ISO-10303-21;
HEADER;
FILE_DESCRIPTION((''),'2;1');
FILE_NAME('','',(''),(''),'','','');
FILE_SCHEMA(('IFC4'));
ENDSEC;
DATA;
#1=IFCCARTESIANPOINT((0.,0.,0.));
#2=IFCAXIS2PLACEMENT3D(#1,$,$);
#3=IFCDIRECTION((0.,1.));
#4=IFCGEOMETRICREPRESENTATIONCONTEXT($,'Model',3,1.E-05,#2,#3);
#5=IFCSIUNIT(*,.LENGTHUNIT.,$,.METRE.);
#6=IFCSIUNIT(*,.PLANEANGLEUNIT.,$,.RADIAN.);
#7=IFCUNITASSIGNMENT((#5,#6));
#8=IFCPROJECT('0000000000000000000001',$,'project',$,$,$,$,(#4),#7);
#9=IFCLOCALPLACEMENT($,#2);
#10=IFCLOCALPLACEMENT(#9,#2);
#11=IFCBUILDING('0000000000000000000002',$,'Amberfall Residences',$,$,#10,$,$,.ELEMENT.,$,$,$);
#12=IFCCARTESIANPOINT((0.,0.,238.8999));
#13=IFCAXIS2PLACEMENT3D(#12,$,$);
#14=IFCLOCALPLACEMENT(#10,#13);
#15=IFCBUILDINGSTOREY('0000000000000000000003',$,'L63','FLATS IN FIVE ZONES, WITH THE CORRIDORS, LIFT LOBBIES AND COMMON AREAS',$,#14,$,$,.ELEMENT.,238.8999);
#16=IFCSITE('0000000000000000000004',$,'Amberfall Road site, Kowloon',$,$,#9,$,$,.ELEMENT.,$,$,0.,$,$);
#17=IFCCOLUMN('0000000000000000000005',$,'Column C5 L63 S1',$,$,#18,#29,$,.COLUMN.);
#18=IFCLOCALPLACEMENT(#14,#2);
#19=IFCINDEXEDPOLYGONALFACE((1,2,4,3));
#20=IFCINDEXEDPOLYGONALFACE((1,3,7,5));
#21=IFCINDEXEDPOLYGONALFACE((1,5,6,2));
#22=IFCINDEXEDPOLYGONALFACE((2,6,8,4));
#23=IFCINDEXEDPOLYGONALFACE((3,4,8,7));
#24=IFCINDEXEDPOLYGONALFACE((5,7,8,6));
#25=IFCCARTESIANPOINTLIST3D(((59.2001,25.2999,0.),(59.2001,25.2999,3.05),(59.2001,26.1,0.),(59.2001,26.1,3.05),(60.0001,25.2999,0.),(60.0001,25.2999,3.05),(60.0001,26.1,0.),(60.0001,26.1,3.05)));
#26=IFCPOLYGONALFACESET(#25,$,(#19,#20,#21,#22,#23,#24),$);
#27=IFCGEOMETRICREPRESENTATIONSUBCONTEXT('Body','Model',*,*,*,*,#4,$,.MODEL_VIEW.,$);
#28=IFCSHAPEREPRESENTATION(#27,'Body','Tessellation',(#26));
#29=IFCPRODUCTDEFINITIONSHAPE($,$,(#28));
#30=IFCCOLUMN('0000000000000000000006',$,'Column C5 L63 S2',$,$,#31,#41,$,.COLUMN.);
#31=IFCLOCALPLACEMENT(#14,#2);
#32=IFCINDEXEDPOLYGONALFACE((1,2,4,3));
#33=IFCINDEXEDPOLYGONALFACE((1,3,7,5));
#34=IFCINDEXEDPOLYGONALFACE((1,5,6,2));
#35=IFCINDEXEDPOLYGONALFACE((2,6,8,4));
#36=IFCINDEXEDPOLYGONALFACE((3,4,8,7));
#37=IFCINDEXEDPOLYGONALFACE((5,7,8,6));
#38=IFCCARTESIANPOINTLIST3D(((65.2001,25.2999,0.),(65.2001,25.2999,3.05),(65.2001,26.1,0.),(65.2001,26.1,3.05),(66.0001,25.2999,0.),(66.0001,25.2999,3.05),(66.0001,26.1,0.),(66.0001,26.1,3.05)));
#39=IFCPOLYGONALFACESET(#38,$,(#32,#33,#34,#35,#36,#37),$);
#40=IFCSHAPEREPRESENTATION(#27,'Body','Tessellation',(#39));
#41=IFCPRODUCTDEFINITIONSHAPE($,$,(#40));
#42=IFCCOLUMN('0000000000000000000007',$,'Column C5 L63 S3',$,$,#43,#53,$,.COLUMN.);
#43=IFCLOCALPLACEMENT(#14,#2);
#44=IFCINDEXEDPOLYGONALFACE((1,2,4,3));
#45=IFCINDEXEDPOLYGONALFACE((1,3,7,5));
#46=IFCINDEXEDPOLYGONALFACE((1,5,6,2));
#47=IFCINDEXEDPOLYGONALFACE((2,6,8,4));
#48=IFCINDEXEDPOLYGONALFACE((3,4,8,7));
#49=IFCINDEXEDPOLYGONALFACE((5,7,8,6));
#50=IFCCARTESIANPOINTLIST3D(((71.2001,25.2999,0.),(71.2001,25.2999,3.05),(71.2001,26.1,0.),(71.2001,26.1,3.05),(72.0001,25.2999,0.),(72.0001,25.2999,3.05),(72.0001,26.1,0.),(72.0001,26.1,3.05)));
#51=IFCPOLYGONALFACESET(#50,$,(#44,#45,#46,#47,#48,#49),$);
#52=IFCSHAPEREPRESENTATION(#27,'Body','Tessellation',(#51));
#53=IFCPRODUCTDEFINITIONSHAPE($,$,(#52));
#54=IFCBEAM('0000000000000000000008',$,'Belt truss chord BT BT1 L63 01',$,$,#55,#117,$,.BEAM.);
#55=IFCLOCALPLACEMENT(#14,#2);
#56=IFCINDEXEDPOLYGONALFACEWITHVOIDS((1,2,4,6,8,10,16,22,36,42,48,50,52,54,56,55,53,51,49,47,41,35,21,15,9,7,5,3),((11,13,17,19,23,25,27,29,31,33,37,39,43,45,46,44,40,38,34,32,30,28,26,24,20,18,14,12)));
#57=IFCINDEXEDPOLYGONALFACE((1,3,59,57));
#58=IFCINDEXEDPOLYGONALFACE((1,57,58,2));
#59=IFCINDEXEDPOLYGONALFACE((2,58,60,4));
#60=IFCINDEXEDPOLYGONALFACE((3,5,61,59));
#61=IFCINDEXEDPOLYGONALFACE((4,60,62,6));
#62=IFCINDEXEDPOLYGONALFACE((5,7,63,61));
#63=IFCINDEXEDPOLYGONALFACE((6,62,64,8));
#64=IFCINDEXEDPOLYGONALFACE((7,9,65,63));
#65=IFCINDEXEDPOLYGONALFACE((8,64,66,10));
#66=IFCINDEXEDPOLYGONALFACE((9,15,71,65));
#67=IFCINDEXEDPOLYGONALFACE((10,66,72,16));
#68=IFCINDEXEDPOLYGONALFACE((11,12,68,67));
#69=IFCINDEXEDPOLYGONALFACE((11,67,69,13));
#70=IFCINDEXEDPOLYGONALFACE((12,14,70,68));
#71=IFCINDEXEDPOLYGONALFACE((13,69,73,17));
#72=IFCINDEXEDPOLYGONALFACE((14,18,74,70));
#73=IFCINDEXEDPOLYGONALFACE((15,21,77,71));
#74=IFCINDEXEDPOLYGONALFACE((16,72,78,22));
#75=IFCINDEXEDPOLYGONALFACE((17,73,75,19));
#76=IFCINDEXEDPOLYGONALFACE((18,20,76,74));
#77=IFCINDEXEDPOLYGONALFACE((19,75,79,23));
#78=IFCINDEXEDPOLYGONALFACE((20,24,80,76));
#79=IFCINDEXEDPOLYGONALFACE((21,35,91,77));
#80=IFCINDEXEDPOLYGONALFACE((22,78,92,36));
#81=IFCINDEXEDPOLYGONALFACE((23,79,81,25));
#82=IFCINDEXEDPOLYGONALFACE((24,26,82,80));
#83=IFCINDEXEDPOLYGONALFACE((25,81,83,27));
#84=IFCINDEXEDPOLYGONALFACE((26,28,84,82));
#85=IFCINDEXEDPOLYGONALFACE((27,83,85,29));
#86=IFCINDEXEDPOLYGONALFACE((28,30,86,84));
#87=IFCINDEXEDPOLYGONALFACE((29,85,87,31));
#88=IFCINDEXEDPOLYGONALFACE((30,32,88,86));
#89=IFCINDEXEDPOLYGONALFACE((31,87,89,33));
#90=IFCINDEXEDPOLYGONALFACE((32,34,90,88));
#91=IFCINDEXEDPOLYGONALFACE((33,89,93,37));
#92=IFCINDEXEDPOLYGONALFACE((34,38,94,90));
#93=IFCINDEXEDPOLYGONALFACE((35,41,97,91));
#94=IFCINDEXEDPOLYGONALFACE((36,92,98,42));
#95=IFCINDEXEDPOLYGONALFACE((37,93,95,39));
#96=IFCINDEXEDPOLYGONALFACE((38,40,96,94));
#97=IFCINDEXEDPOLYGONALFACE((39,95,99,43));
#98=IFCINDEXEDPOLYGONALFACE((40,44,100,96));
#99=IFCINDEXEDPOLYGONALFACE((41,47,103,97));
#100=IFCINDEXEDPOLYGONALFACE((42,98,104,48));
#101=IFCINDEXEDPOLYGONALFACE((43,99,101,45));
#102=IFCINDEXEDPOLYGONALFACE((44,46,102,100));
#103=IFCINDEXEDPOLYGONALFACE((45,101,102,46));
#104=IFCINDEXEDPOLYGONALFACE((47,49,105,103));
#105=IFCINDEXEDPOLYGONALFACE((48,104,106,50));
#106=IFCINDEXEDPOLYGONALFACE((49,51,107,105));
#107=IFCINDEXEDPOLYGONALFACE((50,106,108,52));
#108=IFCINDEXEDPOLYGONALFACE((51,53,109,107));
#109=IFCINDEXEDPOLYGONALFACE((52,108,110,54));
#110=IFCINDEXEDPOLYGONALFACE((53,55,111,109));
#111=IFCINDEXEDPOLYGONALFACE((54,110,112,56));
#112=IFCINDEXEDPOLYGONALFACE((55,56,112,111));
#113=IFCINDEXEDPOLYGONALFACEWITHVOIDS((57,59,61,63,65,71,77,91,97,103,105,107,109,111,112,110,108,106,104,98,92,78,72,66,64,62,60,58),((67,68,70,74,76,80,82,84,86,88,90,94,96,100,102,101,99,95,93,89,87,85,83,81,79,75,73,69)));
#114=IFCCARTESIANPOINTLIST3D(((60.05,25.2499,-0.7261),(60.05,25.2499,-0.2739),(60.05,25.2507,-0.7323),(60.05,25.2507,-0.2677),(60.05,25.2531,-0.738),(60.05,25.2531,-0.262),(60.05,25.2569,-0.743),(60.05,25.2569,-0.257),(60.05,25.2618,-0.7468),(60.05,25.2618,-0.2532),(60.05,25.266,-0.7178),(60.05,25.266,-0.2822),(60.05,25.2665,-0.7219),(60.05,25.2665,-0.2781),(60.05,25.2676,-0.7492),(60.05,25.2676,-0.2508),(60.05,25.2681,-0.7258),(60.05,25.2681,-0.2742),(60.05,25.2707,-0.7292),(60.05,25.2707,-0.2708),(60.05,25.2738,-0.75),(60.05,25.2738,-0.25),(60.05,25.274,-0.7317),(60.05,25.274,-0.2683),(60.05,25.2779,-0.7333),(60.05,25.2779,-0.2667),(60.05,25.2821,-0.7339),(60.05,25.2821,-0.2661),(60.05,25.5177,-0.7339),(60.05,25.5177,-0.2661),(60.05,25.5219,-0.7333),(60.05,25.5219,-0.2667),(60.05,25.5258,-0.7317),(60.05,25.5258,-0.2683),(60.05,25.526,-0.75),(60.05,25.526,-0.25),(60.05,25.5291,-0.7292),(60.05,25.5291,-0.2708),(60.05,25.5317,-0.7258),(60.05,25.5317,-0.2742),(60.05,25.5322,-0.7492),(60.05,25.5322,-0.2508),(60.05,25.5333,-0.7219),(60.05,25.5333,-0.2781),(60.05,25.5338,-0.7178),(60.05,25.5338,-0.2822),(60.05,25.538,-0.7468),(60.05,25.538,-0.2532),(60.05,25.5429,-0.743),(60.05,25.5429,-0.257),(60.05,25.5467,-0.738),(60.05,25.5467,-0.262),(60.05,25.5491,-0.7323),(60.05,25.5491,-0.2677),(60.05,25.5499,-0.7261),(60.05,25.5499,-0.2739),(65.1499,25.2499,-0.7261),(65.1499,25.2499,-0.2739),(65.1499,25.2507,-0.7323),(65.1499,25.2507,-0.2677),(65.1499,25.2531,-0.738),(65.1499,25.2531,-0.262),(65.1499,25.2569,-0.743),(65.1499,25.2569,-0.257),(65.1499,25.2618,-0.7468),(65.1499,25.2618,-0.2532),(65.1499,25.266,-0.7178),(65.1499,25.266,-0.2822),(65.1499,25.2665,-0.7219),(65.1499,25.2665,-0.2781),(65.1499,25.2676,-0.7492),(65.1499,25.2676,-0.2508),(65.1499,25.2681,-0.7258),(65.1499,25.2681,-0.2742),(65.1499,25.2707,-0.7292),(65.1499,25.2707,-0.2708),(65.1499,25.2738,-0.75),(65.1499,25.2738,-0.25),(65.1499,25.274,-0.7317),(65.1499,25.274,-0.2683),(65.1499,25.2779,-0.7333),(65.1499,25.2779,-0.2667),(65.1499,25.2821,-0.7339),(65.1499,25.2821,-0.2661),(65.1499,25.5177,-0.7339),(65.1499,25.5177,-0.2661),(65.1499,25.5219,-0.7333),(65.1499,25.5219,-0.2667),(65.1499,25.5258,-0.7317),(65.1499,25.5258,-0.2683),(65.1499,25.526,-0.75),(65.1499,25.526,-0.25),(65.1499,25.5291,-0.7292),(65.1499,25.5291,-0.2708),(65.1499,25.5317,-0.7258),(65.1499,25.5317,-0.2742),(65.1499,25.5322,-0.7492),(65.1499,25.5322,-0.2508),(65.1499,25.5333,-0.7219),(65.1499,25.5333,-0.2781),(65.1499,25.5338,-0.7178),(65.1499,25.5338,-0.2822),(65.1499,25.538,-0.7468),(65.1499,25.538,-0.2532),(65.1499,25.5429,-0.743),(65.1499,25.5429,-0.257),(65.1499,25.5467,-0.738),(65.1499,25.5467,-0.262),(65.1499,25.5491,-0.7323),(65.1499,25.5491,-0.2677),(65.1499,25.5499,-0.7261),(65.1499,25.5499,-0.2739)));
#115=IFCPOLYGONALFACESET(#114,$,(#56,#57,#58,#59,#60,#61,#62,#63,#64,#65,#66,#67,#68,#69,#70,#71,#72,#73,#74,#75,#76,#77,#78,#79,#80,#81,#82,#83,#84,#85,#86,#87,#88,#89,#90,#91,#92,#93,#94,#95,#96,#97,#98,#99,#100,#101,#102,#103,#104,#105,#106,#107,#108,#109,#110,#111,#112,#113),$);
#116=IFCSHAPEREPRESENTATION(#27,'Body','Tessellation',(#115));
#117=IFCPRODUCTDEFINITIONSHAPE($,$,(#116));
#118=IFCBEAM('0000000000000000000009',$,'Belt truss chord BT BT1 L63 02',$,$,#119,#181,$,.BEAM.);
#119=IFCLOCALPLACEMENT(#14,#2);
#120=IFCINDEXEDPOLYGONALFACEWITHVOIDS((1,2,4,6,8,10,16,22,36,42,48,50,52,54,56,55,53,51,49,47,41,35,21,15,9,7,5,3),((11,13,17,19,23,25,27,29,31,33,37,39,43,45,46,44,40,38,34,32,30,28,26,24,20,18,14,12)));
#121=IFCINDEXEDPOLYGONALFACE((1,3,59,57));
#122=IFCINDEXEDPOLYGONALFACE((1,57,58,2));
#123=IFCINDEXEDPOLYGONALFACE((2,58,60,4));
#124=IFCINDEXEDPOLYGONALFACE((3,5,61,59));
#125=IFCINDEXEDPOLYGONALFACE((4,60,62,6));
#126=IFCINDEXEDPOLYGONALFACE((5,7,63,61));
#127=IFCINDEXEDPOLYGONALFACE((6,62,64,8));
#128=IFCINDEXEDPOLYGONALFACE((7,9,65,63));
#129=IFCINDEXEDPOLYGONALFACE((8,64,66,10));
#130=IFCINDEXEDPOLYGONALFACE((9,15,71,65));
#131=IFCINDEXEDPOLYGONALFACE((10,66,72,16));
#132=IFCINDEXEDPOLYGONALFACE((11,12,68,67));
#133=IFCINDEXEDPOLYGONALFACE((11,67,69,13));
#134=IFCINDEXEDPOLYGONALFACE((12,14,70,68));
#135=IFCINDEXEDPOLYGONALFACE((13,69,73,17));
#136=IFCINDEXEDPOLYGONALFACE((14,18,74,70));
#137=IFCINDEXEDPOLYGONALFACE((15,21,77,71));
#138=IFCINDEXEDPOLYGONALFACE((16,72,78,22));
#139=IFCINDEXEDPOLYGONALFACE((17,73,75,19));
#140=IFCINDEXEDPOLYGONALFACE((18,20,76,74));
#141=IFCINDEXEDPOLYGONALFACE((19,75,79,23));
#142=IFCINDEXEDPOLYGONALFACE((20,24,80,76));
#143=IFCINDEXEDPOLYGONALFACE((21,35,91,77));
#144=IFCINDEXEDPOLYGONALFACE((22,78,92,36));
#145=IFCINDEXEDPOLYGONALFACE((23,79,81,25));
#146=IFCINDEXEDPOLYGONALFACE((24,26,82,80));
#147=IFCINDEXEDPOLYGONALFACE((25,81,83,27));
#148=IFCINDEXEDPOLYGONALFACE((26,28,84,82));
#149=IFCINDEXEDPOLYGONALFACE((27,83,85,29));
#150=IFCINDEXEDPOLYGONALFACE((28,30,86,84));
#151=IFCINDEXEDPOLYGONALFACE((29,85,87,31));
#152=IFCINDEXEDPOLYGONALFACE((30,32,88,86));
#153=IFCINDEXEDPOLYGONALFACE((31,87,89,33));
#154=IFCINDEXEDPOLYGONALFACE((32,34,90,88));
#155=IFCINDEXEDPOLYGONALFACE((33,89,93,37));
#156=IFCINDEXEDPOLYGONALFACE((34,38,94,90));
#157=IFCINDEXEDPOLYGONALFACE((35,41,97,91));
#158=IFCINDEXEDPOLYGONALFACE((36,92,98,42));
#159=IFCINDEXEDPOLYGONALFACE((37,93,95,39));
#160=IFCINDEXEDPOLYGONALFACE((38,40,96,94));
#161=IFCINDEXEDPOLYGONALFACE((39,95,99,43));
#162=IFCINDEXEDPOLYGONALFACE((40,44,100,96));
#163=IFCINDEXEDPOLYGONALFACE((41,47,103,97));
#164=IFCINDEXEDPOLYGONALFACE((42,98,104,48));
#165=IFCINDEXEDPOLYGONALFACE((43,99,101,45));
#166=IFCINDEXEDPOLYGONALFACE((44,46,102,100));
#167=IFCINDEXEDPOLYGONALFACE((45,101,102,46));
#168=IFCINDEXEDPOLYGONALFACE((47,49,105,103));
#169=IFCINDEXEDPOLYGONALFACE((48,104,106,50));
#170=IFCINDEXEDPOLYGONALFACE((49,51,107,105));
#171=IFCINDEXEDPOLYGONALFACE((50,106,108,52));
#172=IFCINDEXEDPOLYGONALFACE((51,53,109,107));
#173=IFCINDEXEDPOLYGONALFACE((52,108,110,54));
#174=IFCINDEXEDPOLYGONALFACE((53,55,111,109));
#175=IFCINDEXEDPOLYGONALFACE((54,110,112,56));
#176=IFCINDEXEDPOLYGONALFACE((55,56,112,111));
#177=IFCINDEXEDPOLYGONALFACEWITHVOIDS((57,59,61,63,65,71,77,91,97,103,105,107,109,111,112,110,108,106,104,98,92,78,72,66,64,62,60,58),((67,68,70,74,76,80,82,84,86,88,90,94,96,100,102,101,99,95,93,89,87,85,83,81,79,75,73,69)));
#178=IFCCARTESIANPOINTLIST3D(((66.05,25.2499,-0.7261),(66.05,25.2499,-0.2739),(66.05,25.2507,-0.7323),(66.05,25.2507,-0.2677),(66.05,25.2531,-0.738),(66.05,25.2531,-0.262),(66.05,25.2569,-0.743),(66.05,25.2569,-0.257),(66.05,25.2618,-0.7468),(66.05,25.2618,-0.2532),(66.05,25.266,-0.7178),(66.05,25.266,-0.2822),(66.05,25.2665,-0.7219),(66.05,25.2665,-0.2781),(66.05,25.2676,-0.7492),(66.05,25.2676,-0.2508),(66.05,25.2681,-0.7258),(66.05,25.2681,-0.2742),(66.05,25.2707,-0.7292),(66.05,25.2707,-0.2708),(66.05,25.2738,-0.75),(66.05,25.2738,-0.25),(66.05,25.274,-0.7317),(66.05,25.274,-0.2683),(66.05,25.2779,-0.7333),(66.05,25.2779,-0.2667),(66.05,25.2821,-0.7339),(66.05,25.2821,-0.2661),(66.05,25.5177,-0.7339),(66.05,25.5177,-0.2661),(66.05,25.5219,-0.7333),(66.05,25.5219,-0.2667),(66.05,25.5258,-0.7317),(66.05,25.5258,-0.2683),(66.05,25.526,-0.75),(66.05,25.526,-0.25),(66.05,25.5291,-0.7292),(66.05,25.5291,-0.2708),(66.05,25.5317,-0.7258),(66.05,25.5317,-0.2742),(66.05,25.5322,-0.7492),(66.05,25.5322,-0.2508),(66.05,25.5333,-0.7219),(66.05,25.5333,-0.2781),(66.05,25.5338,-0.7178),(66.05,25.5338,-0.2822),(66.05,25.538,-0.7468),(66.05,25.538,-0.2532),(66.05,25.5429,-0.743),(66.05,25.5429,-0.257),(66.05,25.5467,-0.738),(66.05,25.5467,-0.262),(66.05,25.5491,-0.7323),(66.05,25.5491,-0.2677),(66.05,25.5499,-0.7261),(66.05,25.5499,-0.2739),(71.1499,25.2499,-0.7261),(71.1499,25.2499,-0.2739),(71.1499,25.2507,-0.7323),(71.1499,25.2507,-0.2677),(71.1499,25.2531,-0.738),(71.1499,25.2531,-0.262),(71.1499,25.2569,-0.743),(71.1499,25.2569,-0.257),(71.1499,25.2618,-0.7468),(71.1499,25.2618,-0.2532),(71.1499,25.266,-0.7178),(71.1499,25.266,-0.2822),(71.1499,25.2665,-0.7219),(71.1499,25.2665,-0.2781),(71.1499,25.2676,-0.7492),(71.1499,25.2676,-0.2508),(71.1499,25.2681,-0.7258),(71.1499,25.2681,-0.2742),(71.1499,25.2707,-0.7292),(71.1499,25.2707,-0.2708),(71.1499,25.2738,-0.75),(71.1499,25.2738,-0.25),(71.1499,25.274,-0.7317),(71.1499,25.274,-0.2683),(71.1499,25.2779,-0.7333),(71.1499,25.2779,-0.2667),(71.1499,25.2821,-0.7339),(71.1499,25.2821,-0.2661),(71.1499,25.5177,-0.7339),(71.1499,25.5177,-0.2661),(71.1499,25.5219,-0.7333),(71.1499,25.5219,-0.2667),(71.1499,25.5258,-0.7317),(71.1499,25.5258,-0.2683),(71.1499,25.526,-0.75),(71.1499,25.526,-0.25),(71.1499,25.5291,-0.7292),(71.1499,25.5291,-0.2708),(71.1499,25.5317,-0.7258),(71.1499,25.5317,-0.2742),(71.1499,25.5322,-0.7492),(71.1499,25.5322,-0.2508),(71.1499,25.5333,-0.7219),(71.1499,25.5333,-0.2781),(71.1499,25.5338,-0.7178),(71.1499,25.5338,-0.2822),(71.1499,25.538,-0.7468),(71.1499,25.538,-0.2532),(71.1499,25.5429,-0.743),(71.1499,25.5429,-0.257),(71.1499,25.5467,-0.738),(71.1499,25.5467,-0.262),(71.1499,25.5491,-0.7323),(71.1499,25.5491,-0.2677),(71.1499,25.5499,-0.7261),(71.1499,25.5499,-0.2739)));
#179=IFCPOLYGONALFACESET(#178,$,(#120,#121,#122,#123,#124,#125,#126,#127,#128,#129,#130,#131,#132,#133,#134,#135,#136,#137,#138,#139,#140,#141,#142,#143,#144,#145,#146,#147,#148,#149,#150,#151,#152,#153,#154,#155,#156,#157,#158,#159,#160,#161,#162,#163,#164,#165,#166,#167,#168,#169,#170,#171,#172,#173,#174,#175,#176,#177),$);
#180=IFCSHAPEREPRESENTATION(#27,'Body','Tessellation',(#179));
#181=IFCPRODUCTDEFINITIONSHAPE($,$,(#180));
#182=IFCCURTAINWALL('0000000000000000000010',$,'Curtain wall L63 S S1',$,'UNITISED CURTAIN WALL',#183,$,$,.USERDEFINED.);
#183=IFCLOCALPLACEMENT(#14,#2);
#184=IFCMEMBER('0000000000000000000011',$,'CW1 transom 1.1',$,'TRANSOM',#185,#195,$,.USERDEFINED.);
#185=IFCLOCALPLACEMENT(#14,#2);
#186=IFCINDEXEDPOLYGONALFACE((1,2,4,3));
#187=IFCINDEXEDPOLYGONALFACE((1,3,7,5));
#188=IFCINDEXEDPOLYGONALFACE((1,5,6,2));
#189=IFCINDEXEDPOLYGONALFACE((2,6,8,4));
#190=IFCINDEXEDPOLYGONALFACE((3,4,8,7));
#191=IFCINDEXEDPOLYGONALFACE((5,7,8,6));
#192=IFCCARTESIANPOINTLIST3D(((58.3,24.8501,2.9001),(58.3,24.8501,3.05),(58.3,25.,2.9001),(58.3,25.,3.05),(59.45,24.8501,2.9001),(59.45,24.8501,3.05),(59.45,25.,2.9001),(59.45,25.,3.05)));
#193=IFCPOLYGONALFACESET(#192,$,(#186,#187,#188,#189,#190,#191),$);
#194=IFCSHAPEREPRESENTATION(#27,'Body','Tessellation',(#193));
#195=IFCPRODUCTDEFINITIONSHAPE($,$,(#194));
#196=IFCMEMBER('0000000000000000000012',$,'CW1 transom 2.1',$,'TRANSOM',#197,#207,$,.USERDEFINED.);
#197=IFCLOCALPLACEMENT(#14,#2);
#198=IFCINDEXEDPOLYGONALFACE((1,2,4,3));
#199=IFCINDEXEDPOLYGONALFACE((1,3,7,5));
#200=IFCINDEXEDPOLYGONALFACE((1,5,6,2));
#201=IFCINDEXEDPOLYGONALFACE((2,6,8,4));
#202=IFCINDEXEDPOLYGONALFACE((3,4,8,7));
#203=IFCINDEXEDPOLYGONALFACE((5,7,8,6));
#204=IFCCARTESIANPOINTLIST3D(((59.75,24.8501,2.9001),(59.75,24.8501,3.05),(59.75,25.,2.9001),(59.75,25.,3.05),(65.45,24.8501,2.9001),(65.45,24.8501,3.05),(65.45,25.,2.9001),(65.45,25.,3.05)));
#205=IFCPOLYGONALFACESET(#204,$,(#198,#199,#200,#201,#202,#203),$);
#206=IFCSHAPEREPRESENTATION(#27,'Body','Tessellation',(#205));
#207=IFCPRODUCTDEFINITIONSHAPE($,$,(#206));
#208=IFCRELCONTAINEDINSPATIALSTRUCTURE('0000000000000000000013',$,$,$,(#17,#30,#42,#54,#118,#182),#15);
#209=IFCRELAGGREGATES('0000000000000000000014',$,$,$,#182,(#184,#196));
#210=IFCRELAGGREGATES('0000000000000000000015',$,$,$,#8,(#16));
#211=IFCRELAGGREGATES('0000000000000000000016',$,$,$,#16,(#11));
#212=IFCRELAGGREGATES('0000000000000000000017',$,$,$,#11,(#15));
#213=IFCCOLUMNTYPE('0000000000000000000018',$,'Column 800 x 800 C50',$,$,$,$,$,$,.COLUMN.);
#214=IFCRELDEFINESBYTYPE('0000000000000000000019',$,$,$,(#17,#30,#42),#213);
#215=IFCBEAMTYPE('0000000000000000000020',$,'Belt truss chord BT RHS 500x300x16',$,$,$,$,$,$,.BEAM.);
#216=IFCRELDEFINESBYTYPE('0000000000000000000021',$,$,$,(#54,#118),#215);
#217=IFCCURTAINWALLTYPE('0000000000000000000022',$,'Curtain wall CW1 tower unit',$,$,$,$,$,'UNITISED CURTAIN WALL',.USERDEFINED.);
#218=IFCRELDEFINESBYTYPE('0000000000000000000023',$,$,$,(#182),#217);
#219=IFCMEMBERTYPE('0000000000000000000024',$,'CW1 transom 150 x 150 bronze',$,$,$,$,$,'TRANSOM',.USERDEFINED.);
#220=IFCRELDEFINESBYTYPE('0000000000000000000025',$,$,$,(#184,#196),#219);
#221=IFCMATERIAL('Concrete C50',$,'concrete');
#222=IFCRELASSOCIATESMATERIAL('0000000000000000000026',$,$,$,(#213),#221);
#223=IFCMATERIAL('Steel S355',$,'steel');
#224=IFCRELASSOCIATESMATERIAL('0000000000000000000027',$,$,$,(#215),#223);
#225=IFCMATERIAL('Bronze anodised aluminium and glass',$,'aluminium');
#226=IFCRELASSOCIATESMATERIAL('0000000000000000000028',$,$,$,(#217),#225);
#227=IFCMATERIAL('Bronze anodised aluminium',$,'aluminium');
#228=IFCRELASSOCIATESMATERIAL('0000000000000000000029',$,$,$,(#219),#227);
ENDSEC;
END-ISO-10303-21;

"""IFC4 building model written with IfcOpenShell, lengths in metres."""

from ifc_helpers import new_model, si_unit, direction, frame, origin, origin_2d, place, context, subcontext, project, spatial, rectangle, hollow_rectangle, extrude, material, material_profile, profile_set, type_object, element, aggregate, save


model = new_model("IFC4")

# Units and contexts
model_context = context("Model", 3, precision=1e-05, world=origin(), true_north=direction((0.0, 1.0)))
body_context = subcontext(model_context, "Body", "Model", "MODEL_VIEW")
ifc_project = project(units=[si_unit("LENGTHUNIT", "METRE"), si_unit("PLANEANGLEUNIT", "RADIAN")], contexts=[model_context])

# Site, building, storey
site_placement = place(None, origin())
site = spatial("IfcSite", under=ifc_project, at=site_placement, Name="Amberfall Road site, Kowloon", CompositionType="ELEMENT", RefElevation=0.0)
building_placement = place(site_placement, origin())
building = spatial("IfcBuilding", under=site, at=building_placement, Name="Amberfall Residences", CompositionType="ELEMENT")
storey_placement = place(building_placement, frame((0.0, 0.0, 238.8999)))
storey = spatial("IfcBuildingStorey", under=building, at=storey_placement, Name="L63", Description="FLATS IN FIVE ZONES, WITH THE CORRIDORS, LIFT LOBBIES AND COMMON AREAS", CompositionType="ELEMENT", Elevation=238.8999)

# Columns
ifc_material_1 = material(Name="Concrete C50", Category="concrete")
ifc_material_profile_1 = material_profile(ifc_material_1, rectangle(XDim=0.8, YDim=0.8, at=origin_2d()), Name="Column 800 x 800 C50")
ifc_profile_set_1 = profile_set([ifc_material_profile_1], Name="Concrete C50")
column_type = type_object("IfcColumnType", Name="Column 800 x 800 C50", PredefinedType="COLUMN", material=ifc_profile_set_1)
for number, where, z_axis, x_axis, name in (
    (1, (59.6001, 25.7, 0.0), (0.0, 0.0, 1.0), (1.0, 0.0, 0.0), "Column C5 L63 S1"),
    (2, (65.6001, 25.7, 0.0), (0.0, 0.0, 1.0), (1.0, 0.0, 0.0), "Column C5 L63 S2"),
    (3, (71.6001, 25.7, 0.0), (0.0, 0.0, 1.0), (1.0, 0.0, 0.0), "Column C5 L63 S3"),
):
    element("IfcColumn", number, at=place(storey_placement, frame(where, z_axis=z_axis, x_axis=x_axis)), inside=storey, type_object=column_type, Name=name, PredefinedType="COLUMN", context=body_context, shape_type="SweptSolid", body=[
        extrude(rectangle(XDim=0.8, YDim=0.8, at=origin_2d()), origin(), (0.0, 0.0, 1.0), 3.05),
    ])

# Beams
ifc_material_2 = material(Name="Steel S355", Category="steel")
ifc_material_profile_2 = material_profile(ifc_material_2, hollow_rectangle(XDim=0.3, YDim=0.5, WallThickness=0.0161, InnerFilletRadius=0.0161, OuterFilletRadius=0.0239, at=origin_2d()), Name="RHS 500x300x16")
ifc_profile_set_2 = profile_set([ifc_material_profile_2], Name="Steel S355")
beam_type_1 = type_object("IfcBeamType", Name="Belt truss chord BT RHS 500x300x16", PredefinedType="BEAM", material=ifc_profile_set_2)
for number, where, z_axis, x_axis, name in (
    (4, (60.05, 25.3999, -0.5), (1.0, 0.0, 0.0), (0.0, 1.0, 0.0), "Belt truss chord BT BT1 L63 01"),
    (5, (66.05, 25.3999, -0.5), (1.0, 0.0, 0.0), (0.0, 1.0, 0.0), "Belt truss chord BT BT1 L63 02"),
):
    element("IfcBeam", number, at=place(storey_placement, frame(where, z_axis=z_axis, x_axis=x_axis)), inside=storey, type_object=beam_type_1, Name=name, PredefinedType="BEAM", context=body_context, shape_type="SweptSolid", body=[
        extrude(hollow_rectangle(XDim=0.3, YDim=0.5, WallThickness=0.0161, InnerFilletRadius=0.0161, OuterFilletRadius=0.0239, at=origin_2d()), origin(), (0.0, 0.0, 1.0), 5.0999),
    ])

# Curtain wall, members
ifc_material_3 = material(Name="Bronze anodised aluminium and glass", Category="aluminium")
curtain_wall_type = type_object("IfcCurtainWallType", Name="Curtain wall CW1 tower unit", ElementType="UNITISED CURTAIN WALL", PredefinedType="USERDEFINED", material=ifc_material_3)
curtain_wall_placement = place(storey_placement, origin())
curtain_wall = element("IfcCurtainWall", 6, at=curtain_wall_placement, inside=storey, type_object=curtain_wall_type, Name="Curtain wall L63 S S1", ObjectType="UNITISED CURTAIN WALL", PredefinedType="USERDEFINED")
ifc_material_4 = material(Name="Bronze anodised aluminium", Category="aluminium")
ifc_material_profile_3 = material_profile(ifc_material_4, rectangle(XDim=0.1499, YDim=0.1499, at=origin_2d()), Name="CW1 transom 150 x 150 bronze")
ifc_profile_set_3 = profile_set([ifc_material_profile_3], Name="Bronze anodised aluminium")
member_type_1 = type_object("IfcMemberType", Name="CW1 transom 150 x 150 bronze", ElementType="TRANSOM", PredefinedType="USERDEFINED", material=ifc_profile_set_3)
member_1_placement = place(storey_placement, frame((58.3, 24.925, 2.9751), z_axis=(1.0, 0.0, 0.0), x_axis=(0.0, 1.0, 0.0)))
member_1 = element("IfcMember", 7, at=member_1_placement, type_object=member_type_1, Name="CW1 transom 1.1", ObjectType="TRANSOM", PredefinedType="USERDEFINED", context=body_context, shape_type="SweptSolid", body=[
    extrude(rectangle(XDim=0.1499, YDim=0.1499, at=origin_2d()), origin(), (0.0, 0.0, 1.0), 1.1499),
])
member_2_placement = place(storey_placement, frame((59.75, 24.925, 2.9751), z_axis=(1.0, 0.0, 0.0), x_axis=(0.0, 1.0, 0.0)))
member_2 = element("IfcMember", 8, at=member_2_placement, type_object=member_type_1, Name="CW1 transom 2.1", ObjectType="TRANSOM", PredefinedType="USERDEFINED", context=body_context, shape_type="SweptSolid", body=[
    extrude(rectangle(XDim=0.1499, YDim=0.1499, at=origin_2d()), origin(), (0.0, 0.0, 1.0), 5.7),
])

aggregate(curtain_wall, [member_1, member_2])

save(model, "model.ifc")
